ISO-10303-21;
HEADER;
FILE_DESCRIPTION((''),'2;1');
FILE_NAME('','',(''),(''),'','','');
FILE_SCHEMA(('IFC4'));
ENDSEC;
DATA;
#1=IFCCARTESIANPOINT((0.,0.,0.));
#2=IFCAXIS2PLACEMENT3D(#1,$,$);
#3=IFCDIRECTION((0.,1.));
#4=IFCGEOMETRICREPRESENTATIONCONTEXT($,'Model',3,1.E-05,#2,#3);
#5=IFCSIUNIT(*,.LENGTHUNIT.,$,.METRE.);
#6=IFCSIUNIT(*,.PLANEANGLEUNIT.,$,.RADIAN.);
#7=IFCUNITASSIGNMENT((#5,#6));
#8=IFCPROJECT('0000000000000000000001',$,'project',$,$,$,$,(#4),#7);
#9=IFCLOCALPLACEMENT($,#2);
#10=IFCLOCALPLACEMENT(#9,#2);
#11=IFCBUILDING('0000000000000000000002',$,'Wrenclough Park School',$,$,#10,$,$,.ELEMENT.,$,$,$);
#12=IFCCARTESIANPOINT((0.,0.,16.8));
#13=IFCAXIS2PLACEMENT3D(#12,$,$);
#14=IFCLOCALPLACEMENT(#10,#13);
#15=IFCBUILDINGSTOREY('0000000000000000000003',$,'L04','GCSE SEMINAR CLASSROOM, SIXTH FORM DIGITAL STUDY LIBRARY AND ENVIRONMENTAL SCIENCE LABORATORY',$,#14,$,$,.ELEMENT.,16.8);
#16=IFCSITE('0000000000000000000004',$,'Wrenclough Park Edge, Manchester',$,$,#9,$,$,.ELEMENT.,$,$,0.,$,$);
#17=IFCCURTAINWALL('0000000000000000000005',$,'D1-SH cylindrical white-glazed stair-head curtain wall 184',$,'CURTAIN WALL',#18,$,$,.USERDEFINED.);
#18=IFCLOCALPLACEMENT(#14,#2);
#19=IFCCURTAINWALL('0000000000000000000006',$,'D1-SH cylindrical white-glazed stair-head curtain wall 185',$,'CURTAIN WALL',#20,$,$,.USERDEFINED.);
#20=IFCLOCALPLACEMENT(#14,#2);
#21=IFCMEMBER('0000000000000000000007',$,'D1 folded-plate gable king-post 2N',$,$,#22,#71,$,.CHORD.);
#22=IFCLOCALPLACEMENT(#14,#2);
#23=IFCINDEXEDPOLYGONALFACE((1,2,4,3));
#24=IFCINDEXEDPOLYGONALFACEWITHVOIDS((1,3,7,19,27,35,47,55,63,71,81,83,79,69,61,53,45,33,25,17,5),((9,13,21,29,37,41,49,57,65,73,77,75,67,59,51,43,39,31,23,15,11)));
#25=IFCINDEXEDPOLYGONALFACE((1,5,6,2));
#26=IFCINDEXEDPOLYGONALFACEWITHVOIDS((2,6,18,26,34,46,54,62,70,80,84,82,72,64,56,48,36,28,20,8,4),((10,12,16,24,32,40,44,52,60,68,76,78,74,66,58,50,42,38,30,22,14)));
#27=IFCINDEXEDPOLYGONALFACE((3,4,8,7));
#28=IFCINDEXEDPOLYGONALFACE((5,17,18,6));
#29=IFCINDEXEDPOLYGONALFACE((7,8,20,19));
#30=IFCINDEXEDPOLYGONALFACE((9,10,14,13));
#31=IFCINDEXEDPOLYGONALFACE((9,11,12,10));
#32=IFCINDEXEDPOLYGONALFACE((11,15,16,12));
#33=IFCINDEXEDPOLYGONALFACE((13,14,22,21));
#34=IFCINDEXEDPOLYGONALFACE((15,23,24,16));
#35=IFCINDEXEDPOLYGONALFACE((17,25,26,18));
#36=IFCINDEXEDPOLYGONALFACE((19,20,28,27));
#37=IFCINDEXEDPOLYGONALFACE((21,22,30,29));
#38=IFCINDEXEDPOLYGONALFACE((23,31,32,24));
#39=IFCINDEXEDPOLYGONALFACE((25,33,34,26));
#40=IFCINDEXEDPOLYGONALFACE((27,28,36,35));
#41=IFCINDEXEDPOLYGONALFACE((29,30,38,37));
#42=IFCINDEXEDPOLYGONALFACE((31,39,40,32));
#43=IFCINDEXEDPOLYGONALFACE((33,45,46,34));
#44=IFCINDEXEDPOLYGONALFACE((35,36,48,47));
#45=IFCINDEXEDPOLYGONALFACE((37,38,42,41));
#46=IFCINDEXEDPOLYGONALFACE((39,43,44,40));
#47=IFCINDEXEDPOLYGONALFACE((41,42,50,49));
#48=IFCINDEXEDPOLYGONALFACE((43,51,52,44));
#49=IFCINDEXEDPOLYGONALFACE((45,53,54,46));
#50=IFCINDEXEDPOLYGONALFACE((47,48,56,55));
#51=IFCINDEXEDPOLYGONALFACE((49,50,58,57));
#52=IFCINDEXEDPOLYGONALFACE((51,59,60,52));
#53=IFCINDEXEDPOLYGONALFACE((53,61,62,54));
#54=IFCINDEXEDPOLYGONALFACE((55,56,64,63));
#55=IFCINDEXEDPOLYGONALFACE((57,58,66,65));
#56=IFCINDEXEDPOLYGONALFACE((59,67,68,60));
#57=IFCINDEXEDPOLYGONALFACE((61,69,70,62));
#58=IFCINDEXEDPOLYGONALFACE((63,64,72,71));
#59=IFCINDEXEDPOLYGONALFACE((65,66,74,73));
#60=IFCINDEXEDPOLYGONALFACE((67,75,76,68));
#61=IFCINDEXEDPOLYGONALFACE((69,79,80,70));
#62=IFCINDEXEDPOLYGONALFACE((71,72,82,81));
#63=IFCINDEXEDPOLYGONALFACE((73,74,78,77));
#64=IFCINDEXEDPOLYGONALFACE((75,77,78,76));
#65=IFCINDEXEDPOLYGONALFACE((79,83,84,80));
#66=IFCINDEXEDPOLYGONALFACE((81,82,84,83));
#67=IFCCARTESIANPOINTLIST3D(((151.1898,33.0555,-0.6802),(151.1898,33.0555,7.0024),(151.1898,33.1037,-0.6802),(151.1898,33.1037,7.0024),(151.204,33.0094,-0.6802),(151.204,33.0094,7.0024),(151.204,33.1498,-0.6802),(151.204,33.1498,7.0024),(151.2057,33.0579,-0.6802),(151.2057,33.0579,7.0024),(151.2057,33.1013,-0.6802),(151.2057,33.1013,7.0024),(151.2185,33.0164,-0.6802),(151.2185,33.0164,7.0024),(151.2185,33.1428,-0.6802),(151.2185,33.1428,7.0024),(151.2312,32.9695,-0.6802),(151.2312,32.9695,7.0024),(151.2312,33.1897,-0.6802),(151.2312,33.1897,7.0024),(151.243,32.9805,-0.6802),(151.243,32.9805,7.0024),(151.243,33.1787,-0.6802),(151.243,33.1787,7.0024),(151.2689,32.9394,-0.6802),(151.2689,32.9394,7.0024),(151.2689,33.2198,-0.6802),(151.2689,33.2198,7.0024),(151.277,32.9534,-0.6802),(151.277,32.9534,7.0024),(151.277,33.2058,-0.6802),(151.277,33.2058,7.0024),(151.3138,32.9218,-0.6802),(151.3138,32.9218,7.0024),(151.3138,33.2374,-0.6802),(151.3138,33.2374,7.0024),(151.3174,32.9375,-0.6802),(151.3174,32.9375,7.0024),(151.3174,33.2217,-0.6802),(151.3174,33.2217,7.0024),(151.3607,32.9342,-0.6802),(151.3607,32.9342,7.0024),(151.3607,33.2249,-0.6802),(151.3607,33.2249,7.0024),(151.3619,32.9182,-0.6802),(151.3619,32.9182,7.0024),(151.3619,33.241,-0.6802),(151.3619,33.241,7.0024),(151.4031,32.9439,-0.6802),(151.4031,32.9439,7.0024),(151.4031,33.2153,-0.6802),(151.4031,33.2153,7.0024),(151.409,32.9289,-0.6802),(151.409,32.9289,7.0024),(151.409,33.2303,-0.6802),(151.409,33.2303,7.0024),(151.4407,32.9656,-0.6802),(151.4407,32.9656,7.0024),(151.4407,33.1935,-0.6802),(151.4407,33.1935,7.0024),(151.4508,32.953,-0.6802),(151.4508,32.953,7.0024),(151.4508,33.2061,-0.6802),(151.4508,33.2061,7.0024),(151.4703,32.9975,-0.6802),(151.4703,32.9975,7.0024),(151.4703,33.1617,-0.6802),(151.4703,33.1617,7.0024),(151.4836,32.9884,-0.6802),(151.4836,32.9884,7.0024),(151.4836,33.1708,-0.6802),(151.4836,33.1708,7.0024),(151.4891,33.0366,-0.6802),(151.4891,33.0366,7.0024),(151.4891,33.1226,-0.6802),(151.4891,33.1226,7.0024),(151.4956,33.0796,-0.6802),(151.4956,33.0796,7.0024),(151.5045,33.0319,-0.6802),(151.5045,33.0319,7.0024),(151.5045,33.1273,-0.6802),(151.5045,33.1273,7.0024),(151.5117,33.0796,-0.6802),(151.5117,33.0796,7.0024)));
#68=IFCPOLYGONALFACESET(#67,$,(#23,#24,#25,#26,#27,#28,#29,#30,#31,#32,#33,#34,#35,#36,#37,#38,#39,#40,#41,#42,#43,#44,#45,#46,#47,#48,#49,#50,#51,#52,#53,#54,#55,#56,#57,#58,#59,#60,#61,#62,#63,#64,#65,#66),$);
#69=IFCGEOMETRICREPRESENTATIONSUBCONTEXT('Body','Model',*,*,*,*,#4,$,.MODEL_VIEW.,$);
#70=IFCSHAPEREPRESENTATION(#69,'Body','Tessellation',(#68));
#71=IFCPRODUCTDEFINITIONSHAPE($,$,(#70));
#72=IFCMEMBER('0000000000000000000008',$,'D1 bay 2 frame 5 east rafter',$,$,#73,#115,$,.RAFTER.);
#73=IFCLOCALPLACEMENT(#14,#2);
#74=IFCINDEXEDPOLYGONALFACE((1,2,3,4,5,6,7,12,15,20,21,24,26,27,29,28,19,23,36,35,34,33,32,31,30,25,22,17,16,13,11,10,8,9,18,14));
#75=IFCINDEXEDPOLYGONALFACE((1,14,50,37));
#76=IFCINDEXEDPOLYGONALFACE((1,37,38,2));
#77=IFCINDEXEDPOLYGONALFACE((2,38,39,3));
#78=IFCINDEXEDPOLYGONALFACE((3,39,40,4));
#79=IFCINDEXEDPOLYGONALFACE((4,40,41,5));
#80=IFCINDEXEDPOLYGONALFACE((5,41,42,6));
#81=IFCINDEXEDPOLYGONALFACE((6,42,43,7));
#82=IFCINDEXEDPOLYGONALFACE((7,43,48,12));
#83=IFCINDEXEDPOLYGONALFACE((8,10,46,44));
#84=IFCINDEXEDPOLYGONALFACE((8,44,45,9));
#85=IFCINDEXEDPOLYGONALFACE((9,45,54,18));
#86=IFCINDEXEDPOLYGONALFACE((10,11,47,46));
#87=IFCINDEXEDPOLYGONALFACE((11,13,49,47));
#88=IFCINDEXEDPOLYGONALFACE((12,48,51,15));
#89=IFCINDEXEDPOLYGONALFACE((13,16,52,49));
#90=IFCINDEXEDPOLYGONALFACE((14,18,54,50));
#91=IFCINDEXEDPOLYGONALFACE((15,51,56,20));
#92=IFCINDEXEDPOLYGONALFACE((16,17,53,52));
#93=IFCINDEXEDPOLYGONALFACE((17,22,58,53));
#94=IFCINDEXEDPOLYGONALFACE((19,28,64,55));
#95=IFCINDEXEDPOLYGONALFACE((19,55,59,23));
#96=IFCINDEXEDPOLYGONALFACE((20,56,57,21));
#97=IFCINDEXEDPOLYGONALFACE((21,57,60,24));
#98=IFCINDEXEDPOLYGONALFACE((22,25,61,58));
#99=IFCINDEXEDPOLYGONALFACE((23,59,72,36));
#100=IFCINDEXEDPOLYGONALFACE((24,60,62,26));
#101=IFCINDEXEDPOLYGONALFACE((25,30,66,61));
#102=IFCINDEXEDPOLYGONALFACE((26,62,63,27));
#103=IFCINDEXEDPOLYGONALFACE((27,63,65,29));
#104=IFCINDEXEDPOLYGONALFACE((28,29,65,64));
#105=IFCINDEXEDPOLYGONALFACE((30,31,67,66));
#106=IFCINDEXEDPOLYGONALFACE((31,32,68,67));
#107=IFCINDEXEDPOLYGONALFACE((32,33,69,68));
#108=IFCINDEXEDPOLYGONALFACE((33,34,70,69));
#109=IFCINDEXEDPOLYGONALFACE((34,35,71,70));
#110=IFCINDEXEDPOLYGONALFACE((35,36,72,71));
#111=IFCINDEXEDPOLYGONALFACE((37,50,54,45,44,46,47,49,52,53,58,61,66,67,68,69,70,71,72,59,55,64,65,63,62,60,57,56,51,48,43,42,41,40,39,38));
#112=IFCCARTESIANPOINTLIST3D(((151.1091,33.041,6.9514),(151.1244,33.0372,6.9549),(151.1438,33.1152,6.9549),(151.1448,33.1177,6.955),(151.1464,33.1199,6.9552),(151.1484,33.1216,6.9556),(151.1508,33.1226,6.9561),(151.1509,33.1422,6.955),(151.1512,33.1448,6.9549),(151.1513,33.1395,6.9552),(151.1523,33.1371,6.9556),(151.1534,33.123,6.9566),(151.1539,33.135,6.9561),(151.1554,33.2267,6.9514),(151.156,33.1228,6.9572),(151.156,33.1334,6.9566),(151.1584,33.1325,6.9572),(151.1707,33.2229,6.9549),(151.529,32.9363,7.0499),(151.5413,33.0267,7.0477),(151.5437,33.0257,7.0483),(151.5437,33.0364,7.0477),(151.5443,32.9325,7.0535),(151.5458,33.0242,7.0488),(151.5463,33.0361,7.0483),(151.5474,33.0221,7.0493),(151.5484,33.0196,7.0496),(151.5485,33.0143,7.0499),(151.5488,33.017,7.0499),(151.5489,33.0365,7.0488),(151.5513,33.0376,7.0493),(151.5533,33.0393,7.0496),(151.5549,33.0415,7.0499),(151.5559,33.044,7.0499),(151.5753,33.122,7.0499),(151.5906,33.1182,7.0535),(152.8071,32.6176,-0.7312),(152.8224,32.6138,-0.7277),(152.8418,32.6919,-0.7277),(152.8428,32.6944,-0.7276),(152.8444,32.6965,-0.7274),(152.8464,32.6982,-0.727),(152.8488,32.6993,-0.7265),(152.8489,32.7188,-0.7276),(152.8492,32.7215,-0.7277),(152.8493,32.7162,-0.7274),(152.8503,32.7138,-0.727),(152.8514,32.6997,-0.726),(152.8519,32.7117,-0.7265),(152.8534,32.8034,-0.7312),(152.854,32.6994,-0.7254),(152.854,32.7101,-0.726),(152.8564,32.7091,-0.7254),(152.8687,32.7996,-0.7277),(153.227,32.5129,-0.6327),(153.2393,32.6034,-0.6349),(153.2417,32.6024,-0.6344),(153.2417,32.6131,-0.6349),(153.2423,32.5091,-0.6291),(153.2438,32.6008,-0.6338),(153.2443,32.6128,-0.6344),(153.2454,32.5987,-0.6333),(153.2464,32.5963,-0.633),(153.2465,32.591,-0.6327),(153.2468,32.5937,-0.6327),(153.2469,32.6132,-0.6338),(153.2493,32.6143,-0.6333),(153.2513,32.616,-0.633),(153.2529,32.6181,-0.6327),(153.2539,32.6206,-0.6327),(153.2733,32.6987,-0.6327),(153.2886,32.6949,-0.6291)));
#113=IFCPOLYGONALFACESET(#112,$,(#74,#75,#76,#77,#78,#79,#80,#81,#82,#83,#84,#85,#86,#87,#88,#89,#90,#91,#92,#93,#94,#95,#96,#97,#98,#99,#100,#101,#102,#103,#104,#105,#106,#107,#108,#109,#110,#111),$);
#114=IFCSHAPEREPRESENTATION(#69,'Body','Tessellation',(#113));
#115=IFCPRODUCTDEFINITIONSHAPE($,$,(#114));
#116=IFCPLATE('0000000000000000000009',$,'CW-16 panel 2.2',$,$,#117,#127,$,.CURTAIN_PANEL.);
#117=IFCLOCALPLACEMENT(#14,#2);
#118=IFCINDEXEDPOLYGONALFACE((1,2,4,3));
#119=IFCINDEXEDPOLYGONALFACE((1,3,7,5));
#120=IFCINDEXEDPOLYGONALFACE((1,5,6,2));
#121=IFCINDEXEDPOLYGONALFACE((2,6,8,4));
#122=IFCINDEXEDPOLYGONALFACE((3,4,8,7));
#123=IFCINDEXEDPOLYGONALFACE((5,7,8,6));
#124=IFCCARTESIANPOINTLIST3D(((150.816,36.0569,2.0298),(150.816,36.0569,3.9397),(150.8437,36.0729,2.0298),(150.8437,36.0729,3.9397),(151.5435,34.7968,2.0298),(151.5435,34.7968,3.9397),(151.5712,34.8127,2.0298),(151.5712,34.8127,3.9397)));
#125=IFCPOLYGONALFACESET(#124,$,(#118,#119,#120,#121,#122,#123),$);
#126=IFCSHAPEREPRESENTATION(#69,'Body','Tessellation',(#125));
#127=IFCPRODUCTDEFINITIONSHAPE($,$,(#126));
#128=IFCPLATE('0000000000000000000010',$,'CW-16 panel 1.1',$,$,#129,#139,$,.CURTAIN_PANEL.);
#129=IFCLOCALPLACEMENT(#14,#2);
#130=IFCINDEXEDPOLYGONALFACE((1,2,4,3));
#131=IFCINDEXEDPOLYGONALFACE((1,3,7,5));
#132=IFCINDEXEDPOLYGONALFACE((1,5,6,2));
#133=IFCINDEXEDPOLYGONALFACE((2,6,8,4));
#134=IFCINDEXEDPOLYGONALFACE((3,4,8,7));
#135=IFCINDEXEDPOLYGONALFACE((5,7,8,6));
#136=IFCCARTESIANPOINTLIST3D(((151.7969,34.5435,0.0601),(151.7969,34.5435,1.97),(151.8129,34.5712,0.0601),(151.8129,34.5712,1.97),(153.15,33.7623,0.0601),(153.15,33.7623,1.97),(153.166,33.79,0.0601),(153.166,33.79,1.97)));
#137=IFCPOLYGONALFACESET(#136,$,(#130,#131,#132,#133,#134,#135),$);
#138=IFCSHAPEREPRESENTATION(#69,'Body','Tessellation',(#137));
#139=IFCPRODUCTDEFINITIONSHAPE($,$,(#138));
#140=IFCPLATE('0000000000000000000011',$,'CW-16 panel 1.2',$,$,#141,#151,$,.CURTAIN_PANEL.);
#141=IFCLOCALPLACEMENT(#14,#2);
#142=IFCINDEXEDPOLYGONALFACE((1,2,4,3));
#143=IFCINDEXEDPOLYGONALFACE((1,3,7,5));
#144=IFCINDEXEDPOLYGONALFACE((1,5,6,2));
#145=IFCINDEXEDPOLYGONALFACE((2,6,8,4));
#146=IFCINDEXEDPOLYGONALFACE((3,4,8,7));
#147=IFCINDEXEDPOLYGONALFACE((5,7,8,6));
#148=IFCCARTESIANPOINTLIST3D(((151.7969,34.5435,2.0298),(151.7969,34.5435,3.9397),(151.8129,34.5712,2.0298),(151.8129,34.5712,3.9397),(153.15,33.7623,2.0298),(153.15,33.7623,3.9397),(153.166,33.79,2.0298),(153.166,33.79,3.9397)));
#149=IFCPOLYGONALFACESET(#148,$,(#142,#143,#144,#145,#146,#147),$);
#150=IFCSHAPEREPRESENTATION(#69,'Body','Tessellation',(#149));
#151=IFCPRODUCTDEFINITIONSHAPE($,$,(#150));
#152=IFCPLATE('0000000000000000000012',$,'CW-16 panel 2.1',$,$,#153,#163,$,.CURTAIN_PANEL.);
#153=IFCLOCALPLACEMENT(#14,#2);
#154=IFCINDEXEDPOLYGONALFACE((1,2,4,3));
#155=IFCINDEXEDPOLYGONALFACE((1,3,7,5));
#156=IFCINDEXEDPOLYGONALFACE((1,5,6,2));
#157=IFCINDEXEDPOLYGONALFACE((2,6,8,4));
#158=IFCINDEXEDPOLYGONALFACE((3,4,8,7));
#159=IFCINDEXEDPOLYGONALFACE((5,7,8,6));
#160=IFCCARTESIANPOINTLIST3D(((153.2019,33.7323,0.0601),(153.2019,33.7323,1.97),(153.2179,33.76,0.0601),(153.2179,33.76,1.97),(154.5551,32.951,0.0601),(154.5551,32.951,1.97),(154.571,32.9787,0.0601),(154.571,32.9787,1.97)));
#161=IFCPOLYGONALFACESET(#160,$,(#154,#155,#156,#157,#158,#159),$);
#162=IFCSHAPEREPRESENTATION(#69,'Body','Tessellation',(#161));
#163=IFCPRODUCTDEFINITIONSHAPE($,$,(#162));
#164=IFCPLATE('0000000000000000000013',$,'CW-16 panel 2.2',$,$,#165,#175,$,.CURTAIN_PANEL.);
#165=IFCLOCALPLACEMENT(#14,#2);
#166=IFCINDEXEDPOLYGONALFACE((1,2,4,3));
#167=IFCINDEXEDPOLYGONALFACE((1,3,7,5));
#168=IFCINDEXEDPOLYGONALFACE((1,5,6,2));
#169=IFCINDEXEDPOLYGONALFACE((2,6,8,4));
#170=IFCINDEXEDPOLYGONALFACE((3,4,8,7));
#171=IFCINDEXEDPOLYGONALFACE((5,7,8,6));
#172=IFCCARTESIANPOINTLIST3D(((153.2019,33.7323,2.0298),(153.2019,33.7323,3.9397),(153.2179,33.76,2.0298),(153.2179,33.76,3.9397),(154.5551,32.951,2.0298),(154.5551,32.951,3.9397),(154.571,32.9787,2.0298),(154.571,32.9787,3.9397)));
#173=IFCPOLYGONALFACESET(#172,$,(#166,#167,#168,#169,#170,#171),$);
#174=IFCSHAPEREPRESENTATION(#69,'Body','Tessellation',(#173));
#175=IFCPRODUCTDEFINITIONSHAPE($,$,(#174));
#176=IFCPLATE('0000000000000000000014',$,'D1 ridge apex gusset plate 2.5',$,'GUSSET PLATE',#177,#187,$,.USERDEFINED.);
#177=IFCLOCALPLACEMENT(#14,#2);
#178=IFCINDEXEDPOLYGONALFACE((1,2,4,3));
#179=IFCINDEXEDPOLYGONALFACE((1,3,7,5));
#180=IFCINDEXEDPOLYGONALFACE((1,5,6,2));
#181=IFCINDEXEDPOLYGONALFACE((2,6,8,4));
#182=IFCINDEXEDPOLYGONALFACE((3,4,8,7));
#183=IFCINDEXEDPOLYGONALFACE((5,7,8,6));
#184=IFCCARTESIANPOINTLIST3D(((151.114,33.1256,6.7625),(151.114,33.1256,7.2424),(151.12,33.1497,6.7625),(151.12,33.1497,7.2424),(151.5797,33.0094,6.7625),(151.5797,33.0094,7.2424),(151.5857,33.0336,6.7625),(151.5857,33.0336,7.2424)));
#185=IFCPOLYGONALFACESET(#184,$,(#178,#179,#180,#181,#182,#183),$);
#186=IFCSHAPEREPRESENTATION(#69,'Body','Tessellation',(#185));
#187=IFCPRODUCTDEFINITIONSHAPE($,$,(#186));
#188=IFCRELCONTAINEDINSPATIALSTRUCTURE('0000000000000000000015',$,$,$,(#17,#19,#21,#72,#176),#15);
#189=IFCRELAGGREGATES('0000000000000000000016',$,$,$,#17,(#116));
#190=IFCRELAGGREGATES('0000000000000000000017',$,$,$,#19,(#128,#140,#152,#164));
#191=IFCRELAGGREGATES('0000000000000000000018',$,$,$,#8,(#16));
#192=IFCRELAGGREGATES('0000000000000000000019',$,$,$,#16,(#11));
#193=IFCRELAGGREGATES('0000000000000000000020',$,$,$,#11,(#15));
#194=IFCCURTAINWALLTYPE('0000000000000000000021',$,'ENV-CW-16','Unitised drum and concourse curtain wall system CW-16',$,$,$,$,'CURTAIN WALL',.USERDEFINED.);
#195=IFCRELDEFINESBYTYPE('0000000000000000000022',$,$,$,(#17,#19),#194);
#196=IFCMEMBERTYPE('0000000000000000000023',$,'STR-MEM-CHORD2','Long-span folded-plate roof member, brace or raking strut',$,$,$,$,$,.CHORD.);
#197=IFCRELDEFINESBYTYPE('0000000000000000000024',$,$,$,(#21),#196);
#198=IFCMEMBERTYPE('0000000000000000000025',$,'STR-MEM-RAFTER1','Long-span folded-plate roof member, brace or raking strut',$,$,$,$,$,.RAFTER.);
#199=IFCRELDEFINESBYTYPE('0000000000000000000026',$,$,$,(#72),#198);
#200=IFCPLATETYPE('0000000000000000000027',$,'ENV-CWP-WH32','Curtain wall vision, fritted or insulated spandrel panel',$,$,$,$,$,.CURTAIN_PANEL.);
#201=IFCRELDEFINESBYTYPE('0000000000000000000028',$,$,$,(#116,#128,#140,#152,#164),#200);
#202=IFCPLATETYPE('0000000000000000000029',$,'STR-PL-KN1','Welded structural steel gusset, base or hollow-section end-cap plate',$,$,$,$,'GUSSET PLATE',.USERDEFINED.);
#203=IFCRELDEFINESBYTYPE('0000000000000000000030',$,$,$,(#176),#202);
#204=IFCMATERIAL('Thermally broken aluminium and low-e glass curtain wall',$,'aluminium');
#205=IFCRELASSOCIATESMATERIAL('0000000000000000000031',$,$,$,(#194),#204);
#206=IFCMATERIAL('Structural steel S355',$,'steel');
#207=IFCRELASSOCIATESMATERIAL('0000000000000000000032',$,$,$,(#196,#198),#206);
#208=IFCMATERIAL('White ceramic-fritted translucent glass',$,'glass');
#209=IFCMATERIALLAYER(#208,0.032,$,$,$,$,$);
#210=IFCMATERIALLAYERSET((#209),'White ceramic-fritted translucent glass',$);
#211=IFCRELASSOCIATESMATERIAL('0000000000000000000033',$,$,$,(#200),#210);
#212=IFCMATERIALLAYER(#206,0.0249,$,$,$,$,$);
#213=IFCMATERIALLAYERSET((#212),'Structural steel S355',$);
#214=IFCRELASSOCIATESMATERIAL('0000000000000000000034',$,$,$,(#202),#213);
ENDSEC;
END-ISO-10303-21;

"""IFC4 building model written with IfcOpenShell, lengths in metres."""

from ifc_helpers import new_model, si_unit, direction, frame, origin, origin_2d, place, context, subcontext, project, spatial, rectangle, hollow_circle, i_section, extrude, material, layer, layer_set, material_profile, profile_set, type_object, element, aggregate, save


model = new_model("IFC4")

# Units and contexts
model_context = context("Model", 3, precision=1e-05, world=origin(), true_north=direction((0.0, 1.0)))
body_context = subcontext(model_context, "Body", "Model", "MODEL_VIEW")
ifc_project = project(units=[si_unit("LENGTHUNIT", "METRE"), si_unit("PLANEANGLEUNIT", "RADIAN")], contexts=[model_context])

# Site, building, storey
site_placement = place(None, origin())
site = spatial("IfcSite", under=ifc_project, at=site_placement, Name="Wrenclough Park Edge, Manchester", CompositionType="ELEMENT", RefElevation=0.0)
building_placement = place(site_placement, origin())
building = spatial("IfcBuilding", under=site, at=building_placement, Name="Wrenclough Park School", CompositionType="ELEMENT")
storey_placement = place(building_placement, frame((0.0, 0.0, 16.8)))
storey = spatial("IfcBuildingStorey", under=building, at=storey_placement, Name="L04", Description="GCSE SEMINAR CLASSROOM, SIXTH FORM DIGITAL STUDY LIBRARY AND ENVIRONMENTAL SCIENCE LABORATORY", CompositionType="ELEMENT", Elevation=16.8)

# Shared definitions
ifc_material_1 = material(Name="Structural steel S355", Category="steel")

# Curtain wall
ifc_material_2 = material(Name="Thermally broken aluminium and low-e glass curtain wall", Category="aluminium")
curtain_wall_type = type_object("IfcCurtainWallType", Name="ENV-CW-16", Description="Unitised drum and concourse curtain wall system CW-16", ElementType="CURTAIN WALL", PredefinedType="USERDEFINED", material=ifc_material_2)
curtain_wall_1_placement = place(storey_placement, origin())
curtain_wall_1 = element("IfcCurtainWall", 1, at=curtain_wall_1_placement, inside=storey, type_object=curtain_wall_type, Name="D1-SH cylindrical white-glazed stair-head curtain wall 184", ObjectType="CURTAIN WALL", PredefinedType="USERDEFINED")

# Curtain wall
curtain_wall_2_placement = place(storey_placement, origin())
curtain_wall_2 = element("IfcCurtainWall", 2, at=curtain_wall_2_placement, inside=storey, type_object=curtain_wall_type, Name="D1-SH cylindrical white-glazed stair-head curtain wall 185", ObjectType="CURTAIN WALL", PredefinedType="USERDEFINED")

# Members
ifc_material_profile_1 = material_profile(ifc_material_1, hollow_circle(Radius=0.1619, WallThickness=0.0161, at=origin_2d()), Name="CHS 323.9x16.0")
ifc_profile_set_1 = profile_set([ifc_material_profile_1], Name="Structural steel S355")
member_type_1 = type_object("IfcMemberType", Name="STR-MEM-CHORD2", Description="Long-span folded-plate roof member, brace or raking strut", PredefinedType="CHORD", material=ifc_profile_set_1)
member_1_placement = place(storey_placement, frame((151.3499, 33.0796, -0.6802), z_axis=(0.0, 0.0, 1.0), x_axis=(1.0, 0.0, 0.0)))
element("IfcMember", 3, at=member_1_placement, inside=storey, type_object=member_type_1, Name="D1 folded-plate gable king-post 2N", PredefinedType="CHORD", context=body_context, shape_type="SweptSolid", body=[
    extrude(hollow_circle(Radius=0.1619, WallThickness=0.0161, at=origin_2d()), origin(), (0.0, 0.0, 1.0), 7.6826),
])
ifc_material_profile_2 = material_profile(ifc_material_1, i_section(OverallWidth=0.1914, OverallDepth=0.46, WebThickness=0.01, FlangeThickness=0.0161, FilletRadius=0.0103, at=origin_2d()), Name="UKB 457x191x82")
ifc_profile_set_2 = profile_set([ifc_material_profile_2], Name="Structural steel S355")
member_type_2 = type_object("IfcMemberType", Name="STR-MEM-RAFTER1", Description="Long-span folded-plate roof member, brace or raking strut", PredefinedType="RAFTER", material=ifc_profile_set_2)
member_2_placement = place(storey_placement, frame((151.3499, 33.0796, 7.0024), z_axis=(0.215498, -0.053727, -0.975025), x_axis=(0.241912, 0.970298, 0.0)))
element("IfcMember", 4, at=member_2_placement, inside=storey, type_object=member_type_2, Name="D1 bay 2 frame 5 east rafter", PredefinedType="RAFTER", context=body_context, shape_type="SweptSolid", body=[
    extrude(i_section(OverallWidth=0.1914, OverallDepth=0.46, WebThickness=0.01, FlangeThickness=0.0161, FilletRadius=0.0103, at=origin_2d()), origin(), (0.0, 0.0, 1.0), 7.8794),
])

# Plates
ifc_material_3 = material(Name="White ceramic-fritted translucent glass", Category="glass")
ifc_layer_1 = layer(ifc_material_3, 0.032)
ifc_layer_set_1 = layer_set([ifc_layer_1], Name="White ceramic-fritted translucent glass")
plate_type_1 = type_object("IfcPlateType", Name="ENV-CWP-WH32", Description="Curtain wall vision, fritted or insulated spandrel panel", PredefinedType="CURTAIN_PANEL", material=ifc_layer_set_1)
plate_1_placement = place(storey_placement, frame((151.1936, 35.4348, 2.0298), z_axis=(0.0, 0.0, 1.0), x_axis=(0.500003, -0.866024, 0.0)))
plate_1 = element("IfcPlate", 5, at=plate_1_placement, type_object=plate_type_1, Name="CW-16 panel 2.2", PredefinedType="CURTAIN_PANEL", context=body_context, shape_type="SweptSolid", body=[
    extrude(rectangle(XDim=1.4551, YDim=0.032, at=origin_2d()), origin(), (0.0, 0.0, 1.0), 1.9099),
])
aggregate(curtain_wall_1, [plate_1])
plate_2_placement = place(storey_placement, frame((152.4814, 34.1667, 0.0601), z_axis=(0.0, 0.0, 1.0), x_axis=(0.866017, -0.500015, 0.0)))
plate_2 = element("IfcPlate", 6, at=plate_2_placement, type_object=plate_type_1, Name="CW-16 panel 1.1", PredefinedType="CURTAIN_PANEL", context=body_context, shape_type="SweptSolid", body=[
    extrude(rectangle(XDim=1.5625, YDim=0.032, at=origin_2d()), origin(), (0.0, 0.0, 1.0), 1.9099),
])
plate_3_placement = place(storey_placement, frame((152.4814, 34.1667, 2.0298), z_axis=(0.0, 0.0, 1.0), x_axis=(0.866017, -0.500015, 0.0)))
plate_3 = element("IfcPlate", 7, at=plate_3_placement, type_object=plate_type_1, Name="CW-16 panel 1.2", PredefinedType="CURTAIN_PANEL", context=body_context, shape_type="SweptSolid", body=[
    extrude(rectangle(XDim=1.5625, YDim=0.032, at=origin_2d()), origin(), (0.0, 0.0, 1.0), 1.9099),
])
plate_4_placement = place(storey_placement, frame((153.8865, 33.3555, 0.0601), z_axis=(0.0, 0.0, 1.0), x_axis=(0.866017, -0.500015, 0.0)))
plate_4 = element("IfcPlate", 8, at=plate_4_placement, type_object=plate_type_1, Name="CW-16 panel 2.1", PredefinedType="CURTAIN_PANEL", context=body_context, shape_type="SweptSolid", body=[
    extrude(rectangle(XDim=1.5625, YDim=0.032, at=origin_2d()), origin(), (0.0, 0.0, 1.0), 1.9099),
])
plate_5_placement = place(storey_placement, frame((153.8865, 33.3555, 2.0298), z_axis=(0.0, 0.0, 1.0), x_axis=(0.866017, -0.500015, 0.0)))
plate_5 = element("IfcPlate", 9, at=plate_5_placement, type_object=plate_type_1, Name="CW-16 panel 2.2", PredefinedType="CURTAIN_PANEL", context=body_context, shape_type="SweptSolid", body=[
    extrude(rectangle(XDim=1.5625, YDim=0.032, at=origin_2d()), origin(), (0.0, 0.0, 1.0), 1.9099),
])
aggregate(curtain_wall_2, [plate_2, plate_3, plate_4, plate_5])

# Plate
ifc_layer_2 = layer(ifc_material_1, 0.0249)
ifc_layer_set_2 = layer_set([ifc_layer_2], Name="Structural steel S355")
plate_type_2 = type_object("IfcPlateType", Name="STR-PL-KN1", Description="Welded structural steel gusset, base or hollow-section end-cap plate", ElementType="GUSSET PLATE", PredefinedType="USERDEFINED", material=ifc_layer_set_2)
plate_6_placement = place(storey_placement, frame((151.3499, 33.0796, 6.7625), z_axis=(0.0, 0.0, 1.0), x_axis=(0.970296, -0.241922, 0.0)))
element("IfcPlate", 10, at=plate_6_placement, inside=storey, type_object=plate_type_2, Name="D1 ridge apex gusset plate 2.5", ObjectType="GUSSET PLATE", PredefinedType="USERDEFINED", context=body_context, shape_type="SweptSolid", body=[
    extrude(rectangle(XDim=0.48, YDim=0.0249, at=origin_2d()), origin(), (0.0, 0.0, 1.0), 0.48),
])

save(model, "model.ifc")
